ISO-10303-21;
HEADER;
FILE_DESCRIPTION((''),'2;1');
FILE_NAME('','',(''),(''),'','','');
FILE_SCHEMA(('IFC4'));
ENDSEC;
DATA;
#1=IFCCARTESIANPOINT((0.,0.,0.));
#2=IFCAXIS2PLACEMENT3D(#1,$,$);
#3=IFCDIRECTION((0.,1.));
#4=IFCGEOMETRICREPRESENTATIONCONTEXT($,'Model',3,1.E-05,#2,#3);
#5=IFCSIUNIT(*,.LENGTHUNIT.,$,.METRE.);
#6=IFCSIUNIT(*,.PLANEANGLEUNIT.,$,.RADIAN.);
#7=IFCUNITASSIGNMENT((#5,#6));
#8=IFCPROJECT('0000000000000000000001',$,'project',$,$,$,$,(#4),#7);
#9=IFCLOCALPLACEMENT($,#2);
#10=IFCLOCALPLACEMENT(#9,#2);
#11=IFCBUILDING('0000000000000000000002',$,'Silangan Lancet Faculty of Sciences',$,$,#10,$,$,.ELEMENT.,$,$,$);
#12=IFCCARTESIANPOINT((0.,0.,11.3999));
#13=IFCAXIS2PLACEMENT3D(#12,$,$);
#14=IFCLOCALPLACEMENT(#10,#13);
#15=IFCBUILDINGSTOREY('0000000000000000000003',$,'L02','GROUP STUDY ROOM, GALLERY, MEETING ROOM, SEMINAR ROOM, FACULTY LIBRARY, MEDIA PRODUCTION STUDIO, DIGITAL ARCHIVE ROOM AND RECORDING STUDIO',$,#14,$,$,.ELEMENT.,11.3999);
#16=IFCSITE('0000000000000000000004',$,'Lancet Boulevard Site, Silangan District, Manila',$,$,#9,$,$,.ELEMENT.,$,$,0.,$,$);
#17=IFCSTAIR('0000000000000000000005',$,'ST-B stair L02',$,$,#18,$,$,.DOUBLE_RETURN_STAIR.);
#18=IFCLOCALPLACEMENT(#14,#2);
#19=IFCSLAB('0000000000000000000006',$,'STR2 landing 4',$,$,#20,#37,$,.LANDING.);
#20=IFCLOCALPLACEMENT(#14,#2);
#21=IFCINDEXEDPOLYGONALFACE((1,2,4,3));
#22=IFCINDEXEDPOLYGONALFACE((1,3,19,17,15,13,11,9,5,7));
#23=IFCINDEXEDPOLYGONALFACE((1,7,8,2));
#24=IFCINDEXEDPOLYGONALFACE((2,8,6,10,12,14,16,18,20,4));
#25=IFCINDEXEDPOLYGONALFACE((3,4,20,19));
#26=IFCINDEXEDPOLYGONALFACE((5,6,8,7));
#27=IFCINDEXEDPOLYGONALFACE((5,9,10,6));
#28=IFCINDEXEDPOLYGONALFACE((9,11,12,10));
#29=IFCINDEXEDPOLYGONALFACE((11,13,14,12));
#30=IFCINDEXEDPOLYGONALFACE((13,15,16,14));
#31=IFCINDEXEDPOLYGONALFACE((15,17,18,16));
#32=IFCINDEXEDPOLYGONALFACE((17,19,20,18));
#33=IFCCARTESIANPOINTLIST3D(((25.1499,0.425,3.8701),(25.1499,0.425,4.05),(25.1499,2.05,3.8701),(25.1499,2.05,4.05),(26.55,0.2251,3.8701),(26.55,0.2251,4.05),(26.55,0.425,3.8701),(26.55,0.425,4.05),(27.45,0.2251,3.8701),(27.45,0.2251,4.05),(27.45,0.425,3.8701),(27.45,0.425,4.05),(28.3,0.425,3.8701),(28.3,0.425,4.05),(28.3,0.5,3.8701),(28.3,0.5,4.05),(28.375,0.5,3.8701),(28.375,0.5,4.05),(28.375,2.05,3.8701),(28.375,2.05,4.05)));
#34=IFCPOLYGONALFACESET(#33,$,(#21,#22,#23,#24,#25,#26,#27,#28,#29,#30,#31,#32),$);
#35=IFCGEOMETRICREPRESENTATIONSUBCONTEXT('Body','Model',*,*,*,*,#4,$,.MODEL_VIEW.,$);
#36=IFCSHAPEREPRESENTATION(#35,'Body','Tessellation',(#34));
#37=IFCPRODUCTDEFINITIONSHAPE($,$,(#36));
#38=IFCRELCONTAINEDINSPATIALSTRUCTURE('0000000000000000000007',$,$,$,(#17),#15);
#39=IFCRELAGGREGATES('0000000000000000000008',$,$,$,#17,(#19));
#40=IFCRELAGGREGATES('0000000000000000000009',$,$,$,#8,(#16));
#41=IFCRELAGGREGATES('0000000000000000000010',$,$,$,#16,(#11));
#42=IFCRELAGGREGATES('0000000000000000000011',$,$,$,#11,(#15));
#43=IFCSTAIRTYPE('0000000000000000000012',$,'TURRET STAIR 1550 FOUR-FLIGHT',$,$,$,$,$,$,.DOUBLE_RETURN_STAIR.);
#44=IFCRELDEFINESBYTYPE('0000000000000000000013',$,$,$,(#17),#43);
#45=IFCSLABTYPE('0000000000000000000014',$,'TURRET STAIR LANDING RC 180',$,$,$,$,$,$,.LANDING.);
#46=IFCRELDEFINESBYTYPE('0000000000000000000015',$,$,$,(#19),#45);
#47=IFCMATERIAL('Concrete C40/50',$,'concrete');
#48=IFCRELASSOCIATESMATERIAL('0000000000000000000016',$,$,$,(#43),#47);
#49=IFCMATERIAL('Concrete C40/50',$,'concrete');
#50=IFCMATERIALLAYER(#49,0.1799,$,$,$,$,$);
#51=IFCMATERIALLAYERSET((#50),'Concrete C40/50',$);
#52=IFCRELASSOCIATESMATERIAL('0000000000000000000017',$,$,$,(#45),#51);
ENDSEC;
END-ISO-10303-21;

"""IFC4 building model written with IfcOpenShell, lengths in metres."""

from ifc_helpers import new_model, si_unit, direction, frame, origin, place, context, subcontext, project, spatial, polyline, outline, extrude, material, layer, layer_set, type_object, element, aggregate, save


model = new_model("IFC4")

# Units and contexts
model_context = context("Model", 3, precision=1e-05, world=origin(), true_north=direction((0.0, 1.0)))
body_context = subcontext(model_context, "Body", "Model", "MODEL_VIEW")
ifc_project = project(units=[si_unit("LENGTHUNIT", "METRE"), si_unit("PLANEANGLEUNIT", "RADIAN")], contexts=[model_context])

# Site, building, storey
site_placement = place(None, origin())
site = spatial("IfcSite", under=ifc_project, at=site_placement, Name="Lancet Boulevard Site, Silangan District, Manila", CompositionType="ELEMENT", RefElevation=0.0)
building_placement = place(site_placement, origin())
building = spatial("IfcBuilding", under=site, at=building_placement, Name="Silangan Lancet Faculty of Sciences", CompositionType="ELEMENT")
storey_placement = place(building_placement, frame((0.0, 0.0, 11.3999)))
storey = spatial("IfcBuildingStorey", under=building, at=storey_placement, Name="L02", Description="GROUP STUDY ROOM, GALLERY, MEETING ROOM, SEMINAR ROOM, FACULTY LIBRARY, MEDIA PRODUCTION STUDIO, DIGITAL ARCHIVE ROOM AND RECORDING STUDIO", CompositionType="ELEMENT", Elevation=11.3999)

# Stair, slab
ifc_material_1 = material(Name="Concrete C40/50", Category="concrete")
stair_type = type_object("IfcStairType", Name="TURRET STAIR 1550 FOUR-FLIGHT", PredefinedType="DOUBLE_RETURN_STAIR", material=ifc_material_1)
ifc_material_2 = material(Name="Concrete C40/50", Category="concrete")
ifc_layer_1 = layer(ifc_material_2, 0.1799)
ifc_layer_set_1 = layer_set([ifc_layer_1], Name="Concrete C40/50")
slab_type_1 = type_object("IfcSlabType", Name="TURRET STAIR LANDING RC 180", PredefinedType="LANDING", material=ifc_layer_set_1)
stair_1_placement = place(storey_placement, origin())
stair_1 = element("IfcStair", 1, at=stair_1_placement, inside=storey, type_object=stair_type, Name="ST-B stair L02", PredefinedType="DOUBLE_RETURN_STAIR")
slab_1_placement = place(storey_placement, frame((0.0, 0.0, 3.8701)))
slab_1 = element("IfcSlab", 2, at=slab_1_placement, type_object=slab_type_1, Name="STR2 landing 4", PredefinedType="LANDING", context=body_context, shape_type="SweptSolid", body=[
    extrude(outline(polyline([(28.375, 0.5), (28.3, 0.5), (28.3, 0.425), (27.45, 0.425), (27.45, 0.2251), (26.55, 0.2251), (26.55, 0.425), (25.1499, 0.425), (25.1499, 2.05), (28.375, 2.05), (28.375, 0.5)])), origin(), (0.0, 0.0, 1.0), 0.1799),
])
aggregate(stair_1, [slab_1])

save(model, "model.ifc")
